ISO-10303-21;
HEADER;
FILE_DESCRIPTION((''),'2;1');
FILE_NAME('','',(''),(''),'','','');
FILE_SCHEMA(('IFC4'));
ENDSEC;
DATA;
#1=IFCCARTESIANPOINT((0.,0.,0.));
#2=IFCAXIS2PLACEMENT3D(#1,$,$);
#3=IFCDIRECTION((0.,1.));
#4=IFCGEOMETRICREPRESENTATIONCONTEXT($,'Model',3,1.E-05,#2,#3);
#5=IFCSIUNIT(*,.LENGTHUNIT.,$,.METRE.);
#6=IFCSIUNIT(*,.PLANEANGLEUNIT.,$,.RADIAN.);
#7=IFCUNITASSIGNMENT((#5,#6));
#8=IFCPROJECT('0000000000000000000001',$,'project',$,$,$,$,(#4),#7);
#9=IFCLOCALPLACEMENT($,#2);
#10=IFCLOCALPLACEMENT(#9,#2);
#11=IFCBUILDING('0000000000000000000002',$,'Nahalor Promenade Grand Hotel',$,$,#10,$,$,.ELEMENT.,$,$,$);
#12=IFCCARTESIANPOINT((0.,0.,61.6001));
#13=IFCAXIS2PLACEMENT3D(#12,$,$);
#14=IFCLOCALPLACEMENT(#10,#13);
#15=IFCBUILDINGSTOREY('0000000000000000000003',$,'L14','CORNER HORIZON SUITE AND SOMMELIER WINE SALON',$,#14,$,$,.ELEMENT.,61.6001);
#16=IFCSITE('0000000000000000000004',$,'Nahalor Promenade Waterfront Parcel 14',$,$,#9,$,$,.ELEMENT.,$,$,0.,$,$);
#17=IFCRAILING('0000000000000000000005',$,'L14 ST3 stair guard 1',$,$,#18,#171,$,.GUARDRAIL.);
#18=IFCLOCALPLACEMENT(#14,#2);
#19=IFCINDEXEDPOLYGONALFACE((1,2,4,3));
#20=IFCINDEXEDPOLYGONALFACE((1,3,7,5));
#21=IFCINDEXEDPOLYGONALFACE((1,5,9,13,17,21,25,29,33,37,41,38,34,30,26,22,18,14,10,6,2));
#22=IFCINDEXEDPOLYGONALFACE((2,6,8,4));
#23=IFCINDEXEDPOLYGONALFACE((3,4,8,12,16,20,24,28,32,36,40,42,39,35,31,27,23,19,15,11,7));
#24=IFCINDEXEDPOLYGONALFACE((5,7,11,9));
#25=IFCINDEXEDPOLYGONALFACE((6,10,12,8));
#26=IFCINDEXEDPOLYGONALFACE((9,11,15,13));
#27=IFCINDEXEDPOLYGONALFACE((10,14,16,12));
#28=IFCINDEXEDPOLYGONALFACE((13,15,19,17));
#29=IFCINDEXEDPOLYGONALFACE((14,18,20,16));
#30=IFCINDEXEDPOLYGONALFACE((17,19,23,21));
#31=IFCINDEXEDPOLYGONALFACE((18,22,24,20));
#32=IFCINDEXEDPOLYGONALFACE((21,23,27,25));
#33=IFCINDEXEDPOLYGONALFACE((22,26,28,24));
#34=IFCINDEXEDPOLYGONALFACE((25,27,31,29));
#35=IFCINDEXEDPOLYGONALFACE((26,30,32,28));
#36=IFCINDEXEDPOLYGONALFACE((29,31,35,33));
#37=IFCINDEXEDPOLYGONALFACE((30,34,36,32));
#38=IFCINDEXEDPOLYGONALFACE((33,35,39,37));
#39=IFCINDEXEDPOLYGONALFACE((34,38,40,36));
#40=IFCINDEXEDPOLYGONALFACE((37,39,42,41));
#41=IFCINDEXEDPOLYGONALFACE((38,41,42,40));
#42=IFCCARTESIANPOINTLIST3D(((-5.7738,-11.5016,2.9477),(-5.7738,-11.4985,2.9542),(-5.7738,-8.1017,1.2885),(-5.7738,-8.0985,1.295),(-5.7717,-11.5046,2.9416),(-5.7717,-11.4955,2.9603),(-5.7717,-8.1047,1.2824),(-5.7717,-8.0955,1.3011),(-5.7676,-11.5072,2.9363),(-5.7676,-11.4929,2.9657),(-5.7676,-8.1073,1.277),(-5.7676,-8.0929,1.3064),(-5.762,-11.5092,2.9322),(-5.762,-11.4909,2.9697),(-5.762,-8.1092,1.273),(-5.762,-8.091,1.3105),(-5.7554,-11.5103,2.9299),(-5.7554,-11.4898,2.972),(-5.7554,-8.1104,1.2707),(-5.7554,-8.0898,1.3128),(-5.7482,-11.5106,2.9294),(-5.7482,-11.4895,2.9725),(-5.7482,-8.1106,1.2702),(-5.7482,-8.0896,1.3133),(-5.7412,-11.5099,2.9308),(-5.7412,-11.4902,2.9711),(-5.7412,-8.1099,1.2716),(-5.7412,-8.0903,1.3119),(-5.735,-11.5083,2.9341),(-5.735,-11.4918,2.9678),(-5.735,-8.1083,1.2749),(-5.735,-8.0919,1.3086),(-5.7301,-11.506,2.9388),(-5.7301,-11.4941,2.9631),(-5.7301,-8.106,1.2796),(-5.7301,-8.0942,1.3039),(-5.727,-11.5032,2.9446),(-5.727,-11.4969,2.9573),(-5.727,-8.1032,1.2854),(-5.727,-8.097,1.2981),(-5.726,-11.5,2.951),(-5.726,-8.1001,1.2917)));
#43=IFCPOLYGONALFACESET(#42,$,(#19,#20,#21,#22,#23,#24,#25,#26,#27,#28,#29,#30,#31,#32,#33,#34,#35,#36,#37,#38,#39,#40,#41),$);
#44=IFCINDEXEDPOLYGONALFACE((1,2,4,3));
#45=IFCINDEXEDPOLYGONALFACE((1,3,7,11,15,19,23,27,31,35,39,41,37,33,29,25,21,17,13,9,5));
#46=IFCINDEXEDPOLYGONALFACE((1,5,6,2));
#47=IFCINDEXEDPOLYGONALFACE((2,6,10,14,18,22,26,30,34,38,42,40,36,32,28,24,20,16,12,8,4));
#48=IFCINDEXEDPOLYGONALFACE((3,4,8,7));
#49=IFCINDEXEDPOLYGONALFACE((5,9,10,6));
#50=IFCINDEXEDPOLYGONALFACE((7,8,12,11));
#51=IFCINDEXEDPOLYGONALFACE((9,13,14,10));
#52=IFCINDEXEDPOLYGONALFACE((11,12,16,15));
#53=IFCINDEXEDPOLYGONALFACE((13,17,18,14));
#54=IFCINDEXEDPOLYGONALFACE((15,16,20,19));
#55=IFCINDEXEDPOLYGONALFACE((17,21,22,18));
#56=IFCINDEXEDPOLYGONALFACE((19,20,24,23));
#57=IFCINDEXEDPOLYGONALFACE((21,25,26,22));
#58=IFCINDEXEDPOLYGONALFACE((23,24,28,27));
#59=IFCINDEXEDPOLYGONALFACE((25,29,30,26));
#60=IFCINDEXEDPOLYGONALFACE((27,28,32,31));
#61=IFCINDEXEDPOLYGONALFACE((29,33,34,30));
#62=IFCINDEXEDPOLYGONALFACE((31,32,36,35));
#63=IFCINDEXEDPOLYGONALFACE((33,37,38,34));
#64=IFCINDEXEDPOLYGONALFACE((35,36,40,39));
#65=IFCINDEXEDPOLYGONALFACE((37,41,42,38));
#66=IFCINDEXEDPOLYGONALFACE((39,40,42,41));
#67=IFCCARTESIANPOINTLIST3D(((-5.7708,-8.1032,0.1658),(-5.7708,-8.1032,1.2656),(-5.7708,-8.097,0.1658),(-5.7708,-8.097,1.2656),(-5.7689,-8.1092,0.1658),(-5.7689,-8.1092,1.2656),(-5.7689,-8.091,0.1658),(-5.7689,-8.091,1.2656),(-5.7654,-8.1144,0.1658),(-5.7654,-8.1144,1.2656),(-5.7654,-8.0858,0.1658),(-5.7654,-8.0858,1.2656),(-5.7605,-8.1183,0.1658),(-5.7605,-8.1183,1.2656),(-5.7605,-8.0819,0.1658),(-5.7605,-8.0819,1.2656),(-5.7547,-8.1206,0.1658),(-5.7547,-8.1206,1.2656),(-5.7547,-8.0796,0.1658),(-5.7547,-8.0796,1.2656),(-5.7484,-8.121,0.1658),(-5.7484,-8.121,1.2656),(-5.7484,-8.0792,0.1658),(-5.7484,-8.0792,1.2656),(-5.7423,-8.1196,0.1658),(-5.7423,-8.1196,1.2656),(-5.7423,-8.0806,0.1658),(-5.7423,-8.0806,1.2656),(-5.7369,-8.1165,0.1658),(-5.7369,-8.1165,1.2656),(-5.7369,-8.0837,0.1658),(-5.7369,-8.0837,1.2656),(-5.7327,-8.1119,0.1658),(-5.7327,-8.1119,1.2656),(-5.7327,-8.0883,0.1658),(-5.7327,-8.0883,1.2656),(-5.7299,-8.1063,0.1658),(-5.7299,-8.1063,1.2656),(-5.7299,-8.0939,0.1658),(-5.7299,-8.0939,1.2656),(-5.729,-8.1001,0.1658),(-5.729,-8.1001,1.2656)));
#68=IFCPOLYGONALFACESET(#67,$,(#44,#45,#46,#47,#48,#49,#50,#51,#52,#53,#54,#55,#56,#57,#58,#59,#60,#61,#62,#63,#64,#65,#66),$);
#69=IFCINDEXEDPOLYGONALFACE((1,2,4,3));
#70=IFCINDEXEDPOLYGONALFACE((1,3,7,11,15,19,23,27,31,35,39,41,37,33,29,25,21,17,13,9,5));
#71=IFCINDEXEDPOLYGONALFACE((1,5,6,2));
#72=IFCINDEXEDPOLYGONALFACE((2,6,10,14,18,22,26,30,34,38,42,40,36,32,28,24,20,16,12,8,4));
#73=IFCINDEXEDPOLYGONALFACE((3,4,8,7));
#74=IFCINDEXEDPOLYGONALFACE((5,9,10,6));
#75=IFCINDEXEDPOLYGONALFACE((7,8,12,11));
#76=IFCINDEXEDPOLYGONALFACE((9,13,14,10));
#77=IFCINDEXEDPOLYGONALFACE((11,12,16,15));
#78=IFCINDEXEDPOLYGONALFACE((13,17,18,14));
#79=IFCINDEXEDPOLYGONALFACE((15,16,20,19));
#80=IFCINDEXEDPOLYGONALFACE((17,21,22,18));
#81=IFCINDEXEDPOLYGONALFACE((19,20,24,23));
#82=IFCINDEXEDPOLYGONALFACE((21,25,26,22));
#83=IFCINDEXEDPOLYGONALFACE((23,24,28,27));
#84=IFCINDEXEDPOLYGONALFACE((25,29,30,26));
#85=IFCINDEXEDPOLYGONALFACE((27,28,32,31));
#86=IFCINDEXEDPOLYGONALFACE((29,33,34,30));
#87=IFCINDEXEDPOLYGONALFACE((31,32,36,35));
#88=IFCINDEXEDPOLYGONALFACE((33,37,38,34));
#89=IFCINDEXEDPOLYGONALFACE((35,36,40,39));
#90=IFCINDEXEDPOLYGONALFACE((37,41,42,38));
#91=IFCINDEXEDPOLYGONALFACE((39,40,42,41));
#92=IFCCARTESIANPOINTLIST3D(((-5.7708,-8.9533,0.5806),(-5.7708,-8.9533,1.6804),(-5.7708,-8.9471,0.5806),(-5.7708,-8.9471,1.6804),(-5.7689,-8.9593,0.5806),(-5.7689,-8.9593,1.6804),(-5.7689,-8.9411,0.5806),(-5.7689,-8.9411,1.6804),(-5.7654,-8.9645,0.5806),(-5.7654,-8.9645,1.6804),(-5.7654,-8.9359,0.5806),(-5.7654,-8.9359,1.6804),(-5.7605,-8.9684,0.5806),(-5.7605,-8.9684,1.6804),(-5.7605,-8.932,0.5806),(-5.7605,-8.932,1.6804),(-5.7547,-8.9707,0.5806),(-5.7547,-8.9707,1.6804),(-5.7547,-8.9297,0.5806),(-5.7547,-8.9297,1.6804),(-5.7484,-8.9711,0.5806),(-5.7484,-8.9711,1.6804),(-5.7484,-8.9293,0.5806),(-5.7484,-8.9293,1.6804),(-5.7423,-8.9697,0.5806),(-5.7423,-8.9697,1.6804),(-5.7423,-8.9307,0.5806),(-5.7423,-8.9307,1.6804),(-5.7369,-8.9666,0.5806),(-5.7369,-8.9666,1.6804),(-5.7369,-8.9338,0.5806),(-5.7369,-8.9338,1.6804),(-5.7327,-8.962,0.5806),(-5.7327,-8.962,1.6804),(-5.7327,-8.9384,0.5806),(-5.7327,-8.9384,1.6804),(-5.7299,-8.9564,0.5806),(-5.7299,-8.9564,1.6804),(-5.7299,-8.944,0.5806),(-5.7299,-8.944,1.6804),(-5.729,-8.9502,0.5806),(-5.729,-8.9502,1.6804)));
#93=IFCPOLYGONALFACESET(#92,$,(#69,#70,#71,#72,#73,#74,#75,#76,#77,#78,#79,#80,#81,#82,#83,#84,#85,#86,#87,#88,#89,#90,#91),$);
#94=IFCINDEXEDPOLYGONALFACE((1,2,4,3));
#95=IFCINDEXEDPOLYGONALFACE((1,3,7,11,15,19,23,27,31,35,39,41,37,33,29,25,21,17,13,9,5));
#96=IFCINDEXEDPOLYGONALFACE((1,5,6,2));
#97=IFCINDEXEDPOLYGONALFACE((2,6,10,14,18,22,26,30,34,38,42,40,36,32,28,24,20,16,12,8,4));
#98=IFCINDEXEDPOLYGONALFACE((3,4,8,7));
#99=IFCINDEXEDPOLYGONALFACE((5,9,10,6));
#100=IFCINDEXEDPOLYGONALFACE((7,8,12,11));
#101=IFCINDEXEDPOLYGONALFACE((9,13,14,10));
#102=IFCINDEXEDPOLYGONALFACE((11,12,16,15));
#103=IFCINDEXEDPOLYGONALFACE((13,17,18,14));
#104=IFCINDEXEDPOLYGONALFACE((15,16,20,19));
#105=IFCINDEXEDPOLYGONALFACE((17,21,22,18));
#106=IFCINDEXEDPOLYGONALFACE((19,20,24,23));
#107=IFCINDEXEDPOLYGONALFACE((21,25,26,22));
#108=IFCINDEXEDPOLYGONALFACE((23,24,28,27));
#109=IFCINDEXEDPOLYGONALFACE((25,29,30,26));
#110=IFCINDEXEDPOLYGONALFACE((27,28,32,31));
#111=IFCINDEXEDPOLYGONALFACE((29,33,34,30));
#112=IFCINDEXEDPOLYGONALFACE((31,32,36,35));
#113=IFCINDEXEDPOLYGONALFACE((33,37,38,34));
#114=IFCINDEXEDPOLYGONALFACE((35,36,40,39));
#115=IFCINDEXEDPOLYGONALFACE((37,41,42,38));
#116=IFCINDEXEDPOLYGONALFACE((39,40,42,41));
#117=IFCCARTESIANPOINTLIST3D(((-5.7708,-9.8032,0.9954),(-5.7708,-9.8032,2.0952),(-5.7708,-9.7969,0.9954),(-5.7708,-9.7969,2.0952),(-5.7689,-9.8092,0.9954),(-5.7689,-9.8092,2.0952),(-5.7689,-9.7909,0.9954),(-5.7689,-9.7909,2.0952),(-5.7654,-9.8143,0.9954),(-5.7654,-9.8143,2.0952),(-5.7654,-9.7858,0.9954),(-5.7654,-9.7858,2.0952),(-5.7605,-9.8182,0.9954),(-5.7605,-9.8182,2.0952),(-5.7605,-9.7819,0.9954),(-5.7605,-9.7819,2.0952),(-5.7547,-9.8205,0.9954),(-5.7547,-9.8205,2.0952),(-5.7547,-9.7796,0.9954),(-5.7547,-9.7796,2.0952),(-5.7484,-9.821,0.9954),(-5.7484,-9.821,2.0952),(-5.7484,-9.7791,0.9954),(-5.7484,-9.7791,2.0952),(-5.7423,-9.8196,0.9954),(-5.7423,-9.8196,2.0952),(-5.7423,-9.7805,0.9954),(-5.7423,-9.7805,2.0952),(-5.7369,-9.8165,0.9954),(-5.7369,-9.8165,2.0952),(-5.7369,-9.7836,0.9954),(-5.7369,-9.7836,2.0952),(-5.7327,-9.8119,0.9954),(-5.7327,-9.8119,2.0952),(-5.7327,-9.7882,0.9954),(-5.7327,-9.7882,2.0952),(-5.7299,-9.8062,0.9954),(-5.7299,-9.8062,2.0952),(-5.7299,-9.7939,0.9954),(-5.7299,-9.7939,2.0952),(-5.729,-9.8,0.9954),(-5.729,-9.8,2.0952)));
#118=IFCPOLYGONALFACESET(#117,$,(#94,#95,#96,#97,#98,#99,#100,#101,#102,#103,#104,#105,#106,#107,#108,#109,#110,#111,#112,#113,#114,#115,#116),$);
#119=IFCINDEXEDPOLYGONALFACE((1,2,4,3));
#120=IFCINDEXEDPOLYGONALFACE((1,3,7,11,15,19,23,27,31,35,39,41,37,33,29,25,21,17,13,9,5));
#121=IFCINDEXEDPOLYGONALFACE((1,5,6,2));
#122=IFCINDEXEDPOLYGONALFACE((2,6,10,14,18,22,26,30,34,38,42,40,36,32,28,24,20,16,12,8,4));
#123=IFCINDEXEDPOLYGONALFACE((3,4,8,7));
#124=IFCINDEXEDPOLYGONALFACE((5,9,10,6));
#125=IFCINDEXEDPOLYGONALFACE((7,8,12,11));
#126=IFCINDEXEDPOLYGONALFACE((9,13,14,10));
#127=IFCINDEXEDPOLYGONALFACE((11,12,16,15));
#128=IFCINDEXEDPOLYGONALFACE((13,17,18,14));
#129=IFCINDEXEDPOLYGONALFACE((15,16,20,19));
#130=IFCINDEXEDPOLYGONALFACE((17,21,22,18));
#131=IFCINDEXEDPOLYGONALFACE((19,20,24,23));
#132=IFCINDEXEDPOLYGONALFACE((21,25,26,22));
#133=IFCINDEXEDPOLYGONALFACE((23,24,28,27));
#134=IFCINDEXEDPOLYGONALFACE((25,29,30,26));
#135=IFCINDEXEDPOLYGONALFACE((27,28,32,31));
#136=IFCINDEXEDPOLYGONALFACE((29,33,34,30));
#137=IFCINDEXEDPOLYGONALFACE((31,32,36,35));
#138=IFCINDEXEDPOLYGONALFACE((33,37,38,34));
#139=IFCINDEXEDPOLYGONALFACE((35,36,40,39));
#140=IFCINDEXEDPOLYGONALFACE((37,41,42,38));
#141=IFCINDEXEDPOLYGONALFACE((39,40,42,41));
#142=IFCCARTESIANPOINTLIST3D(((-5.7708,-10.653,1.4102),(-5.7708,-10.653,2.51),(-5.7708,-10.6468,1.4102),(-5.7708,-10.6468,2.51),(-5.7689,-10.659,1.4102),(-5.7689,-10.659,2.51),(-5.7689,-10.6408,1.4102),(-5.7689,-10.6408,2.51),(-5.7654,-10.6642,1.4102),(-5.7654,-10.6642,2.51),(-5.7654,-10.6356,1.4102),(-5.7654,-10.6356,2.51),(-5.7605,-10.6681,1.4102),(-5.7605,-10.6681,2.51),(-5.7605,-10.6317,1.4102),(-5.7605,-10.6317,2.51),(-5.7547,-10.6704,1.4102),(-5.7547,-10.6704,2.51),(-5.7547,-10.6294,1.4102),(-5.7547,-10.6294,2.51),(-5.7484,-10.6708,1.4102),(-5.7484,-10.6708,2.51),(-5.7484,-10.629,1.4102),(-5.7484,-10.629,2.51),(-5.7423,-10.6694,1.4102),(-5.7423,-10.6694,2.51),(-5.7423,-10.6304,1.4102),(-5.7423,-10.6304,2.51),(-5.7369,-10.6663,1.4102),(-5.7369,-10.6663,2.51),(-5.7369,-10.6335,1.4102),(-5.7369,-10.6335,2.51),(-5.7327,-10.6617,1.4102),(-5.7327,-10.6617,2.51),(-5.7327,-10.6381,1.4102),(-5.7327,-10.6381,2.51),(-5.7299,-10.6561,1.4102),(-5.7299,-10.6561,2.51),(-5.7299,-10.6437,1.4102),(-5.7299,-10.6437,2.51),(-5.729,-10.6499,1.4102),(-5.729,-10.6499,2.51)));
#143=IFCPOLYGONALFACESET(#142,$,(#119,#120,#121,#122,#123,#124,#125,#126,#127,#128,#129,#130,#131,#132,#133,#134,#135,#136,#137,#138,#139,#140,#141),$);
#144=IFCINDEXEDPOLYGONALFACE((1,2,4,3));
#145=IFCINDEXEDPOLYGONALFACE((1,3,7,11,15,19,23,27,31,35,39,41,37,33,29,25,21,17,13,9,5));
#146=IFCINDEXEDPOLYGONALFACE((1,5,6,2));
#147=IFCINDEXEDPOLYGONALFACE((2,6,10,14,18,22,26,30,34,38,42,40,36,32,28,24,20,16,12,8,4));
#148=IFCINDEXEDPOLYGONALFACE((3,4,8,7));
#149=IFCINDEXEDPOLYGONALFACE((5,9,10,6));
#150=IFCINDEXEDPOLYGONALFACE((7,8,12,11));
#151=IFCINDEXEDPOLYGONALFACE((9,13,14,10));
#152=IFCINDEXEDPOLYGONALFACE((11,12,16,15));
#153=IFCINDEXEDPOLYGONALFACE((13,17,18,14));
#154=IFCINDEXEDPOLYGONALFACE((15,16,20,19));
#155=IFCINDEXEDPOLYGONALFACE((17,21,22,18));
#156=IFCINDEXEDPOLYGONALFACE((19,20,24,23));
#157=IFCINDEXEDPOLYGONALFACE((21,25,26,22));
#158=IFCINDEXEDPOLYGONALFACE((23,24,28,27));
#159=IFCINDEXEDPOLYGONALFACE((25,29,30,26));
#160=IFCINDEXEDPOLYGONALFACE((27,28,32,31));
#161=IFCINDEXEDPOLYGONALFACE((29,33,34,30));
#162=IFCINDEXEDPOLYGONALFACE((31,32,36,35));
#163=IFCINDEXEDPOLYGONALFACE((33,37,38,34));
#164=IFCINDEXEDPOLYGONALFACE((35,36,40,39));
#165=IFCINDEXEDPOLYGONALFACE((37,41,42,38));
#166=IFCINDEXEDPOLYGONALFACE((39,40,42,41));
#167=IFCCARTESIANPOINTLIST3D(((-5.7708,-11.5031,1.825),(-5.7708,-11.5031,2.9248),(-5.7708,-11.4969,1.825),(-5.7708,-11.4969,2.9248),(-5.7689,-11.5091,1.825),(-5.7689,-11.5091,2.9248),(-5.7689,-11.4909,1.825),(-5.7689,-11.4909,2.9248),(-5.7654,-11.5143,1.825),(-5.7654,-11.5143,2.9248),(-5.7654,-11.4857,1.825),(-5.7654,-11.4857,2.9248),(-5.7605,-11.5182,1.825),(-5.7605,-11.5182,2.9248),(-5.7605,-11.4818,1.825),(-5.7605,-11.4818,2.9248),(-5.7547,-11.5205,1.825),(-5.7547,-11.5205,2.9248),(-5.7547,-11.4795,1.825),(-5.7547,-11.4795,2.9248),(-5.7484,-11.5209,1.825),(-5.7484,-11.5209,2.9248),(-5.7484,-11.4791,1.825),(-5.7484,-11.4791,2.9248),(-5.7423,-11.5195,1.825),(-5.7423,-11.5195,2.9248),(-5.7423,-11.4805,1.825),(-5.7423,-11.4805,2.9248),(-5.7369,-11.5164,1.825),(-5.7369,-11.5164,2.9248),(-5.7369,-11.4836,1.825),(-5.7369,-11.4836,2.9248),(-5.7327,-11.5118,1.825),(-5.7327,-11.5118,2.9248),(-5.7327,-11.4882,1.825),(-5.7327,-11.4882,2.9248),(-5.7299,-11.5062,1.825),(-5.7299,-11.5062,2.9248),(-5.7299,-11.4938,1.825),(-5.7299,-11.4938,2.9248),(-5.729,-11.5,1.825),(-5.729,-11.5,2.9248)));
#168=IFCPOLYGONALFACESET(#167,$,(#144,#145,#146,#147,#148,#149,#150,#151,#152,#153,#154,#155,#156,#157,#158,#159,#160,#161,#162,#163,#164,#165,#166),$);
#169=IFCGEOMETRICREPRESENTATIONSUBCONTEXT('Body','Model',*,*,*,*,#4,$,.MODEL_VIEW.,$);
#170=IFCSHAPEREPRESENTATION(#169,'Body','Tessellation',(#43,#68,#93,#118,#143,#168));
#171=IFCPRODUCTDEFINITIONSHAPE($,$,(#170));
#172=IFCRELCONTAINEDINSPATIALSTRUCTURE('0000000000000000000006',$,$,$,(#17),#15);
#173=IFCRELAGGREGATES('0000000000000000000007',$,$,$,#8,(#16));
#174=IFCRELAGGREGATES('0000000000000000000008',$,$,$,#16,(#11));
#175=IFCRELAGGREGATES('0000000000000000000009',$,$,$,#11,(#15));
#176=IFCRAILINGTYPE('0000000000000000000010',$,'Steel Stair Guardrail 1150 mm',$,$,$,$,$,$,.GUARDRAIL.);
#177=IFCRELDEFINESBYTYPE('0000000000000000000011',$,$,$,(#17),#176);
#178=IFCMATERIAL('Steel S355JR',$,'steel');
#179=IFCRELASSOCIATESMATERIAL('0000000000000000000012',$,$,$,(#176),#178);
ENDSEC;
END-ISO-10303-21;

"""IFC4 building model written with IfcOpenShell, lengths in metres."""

from ifc_helpers import new_model, si_unit, direction, frame, origin, origin_2d, place, context, subcontext, project, spatial, circle, extrude, material, type_object, element, save


model = new_model("IFC4")

# Units and contexts
model_context = context("Model", 3, precision=1e-05, world=origin(), true_north=direction((0.0, 1.0)))
body_context = subcontext(model_context, "Body", "Model", "MODEL_VIEW")
ifc_project = project(units=[si_unit("LENGTHUNIT", "METRE"), si_unit("PLANEANGLEUNIT", "RADIAN")], contexts=[model_context])

# Site, building, storey
site_placement = place(None, origin())
site = spatial("IfcSite", under=ifc_project, at=site_placement, Name="Nahalor Promenade Waterfront Parcel 14", CompositionType="ELEMENT", RefElevation=0.0)
building_placement = place(site_placement, origin())
building = spatial("IfcBuilding", under=site, at=building_placement, Name="Nahalor Promenade Grand Hotel", CompositionType="ELEMENT")
storey_placement = place(building_placement, frame((0.0, 0.0, 61.6001)))
storey = spatial("IfcBuildingStorey", under=building, at=storey_placement, Name="L14", Description="CORNER HORIZON SUITE AND SOMMELIER WINE SALON", CompositionType="ELEMENT", Elevation=61.6001)

# Shared definitions
ifc_material_1 = material(Name="Steel S355JR", Category="steel")

# Railing
railing_type_1 = type_object("IfcRailingType", Name="Steel Stair Guardrail 1150 mm", PredefinedType="GUARDRAIL", material=ifc_material_1)
railing_1_placement = place(storey_placement, frame((-5.75, -8.1001, 0.1658)))
element("IfcRailing", 1, at=railing_1_placement, inside=storey, type_object=railing_type_1, Name="L14 ST3 stair guard 1", PredefinedType="GUARDRAIL", context=body_context, shape_type="SweptSolid", body=[
    extrude(circle(Radius=0.024, at=origin_2d()), frame((0.0, 0.0, 1.126), z_axis=(0.0, -0.898696, 0.438571), x_axis=(1.0, 0.0, 0.0)), (0.0, 0.0, 1.0), 3.7832),
    extrude(circle(Radius=0.021, at=origin_2d()), origin(), (0.0, 0.0, 1.0), 1.0999),
    extrude(circle(Radius=0.021, at=origin_2d()), frame((0.0, -0.8501, 0.4148)), (0.0, 0.0, 1.0), 1.0999),
    extrude(circle(Radius=0.021, at=origin_2d()), frame((0.0, -1.7, 0.8296)), (0.0, 0.0, 1.0), 1.0999),
    extrude(circle(Radius=0.021, at=origin_2d()), frame((0.0, -2.5498, 1.2444)), (0.0, 0.0, 1.0), 1.0999),
    extrude(circle(Radius=0.021, at=origin_2d()), frame((0.0, -3.3999, 1.6592)), (0.0, 0.0, 1.0), 1.0999),
])

save(model, "model.ifc")
